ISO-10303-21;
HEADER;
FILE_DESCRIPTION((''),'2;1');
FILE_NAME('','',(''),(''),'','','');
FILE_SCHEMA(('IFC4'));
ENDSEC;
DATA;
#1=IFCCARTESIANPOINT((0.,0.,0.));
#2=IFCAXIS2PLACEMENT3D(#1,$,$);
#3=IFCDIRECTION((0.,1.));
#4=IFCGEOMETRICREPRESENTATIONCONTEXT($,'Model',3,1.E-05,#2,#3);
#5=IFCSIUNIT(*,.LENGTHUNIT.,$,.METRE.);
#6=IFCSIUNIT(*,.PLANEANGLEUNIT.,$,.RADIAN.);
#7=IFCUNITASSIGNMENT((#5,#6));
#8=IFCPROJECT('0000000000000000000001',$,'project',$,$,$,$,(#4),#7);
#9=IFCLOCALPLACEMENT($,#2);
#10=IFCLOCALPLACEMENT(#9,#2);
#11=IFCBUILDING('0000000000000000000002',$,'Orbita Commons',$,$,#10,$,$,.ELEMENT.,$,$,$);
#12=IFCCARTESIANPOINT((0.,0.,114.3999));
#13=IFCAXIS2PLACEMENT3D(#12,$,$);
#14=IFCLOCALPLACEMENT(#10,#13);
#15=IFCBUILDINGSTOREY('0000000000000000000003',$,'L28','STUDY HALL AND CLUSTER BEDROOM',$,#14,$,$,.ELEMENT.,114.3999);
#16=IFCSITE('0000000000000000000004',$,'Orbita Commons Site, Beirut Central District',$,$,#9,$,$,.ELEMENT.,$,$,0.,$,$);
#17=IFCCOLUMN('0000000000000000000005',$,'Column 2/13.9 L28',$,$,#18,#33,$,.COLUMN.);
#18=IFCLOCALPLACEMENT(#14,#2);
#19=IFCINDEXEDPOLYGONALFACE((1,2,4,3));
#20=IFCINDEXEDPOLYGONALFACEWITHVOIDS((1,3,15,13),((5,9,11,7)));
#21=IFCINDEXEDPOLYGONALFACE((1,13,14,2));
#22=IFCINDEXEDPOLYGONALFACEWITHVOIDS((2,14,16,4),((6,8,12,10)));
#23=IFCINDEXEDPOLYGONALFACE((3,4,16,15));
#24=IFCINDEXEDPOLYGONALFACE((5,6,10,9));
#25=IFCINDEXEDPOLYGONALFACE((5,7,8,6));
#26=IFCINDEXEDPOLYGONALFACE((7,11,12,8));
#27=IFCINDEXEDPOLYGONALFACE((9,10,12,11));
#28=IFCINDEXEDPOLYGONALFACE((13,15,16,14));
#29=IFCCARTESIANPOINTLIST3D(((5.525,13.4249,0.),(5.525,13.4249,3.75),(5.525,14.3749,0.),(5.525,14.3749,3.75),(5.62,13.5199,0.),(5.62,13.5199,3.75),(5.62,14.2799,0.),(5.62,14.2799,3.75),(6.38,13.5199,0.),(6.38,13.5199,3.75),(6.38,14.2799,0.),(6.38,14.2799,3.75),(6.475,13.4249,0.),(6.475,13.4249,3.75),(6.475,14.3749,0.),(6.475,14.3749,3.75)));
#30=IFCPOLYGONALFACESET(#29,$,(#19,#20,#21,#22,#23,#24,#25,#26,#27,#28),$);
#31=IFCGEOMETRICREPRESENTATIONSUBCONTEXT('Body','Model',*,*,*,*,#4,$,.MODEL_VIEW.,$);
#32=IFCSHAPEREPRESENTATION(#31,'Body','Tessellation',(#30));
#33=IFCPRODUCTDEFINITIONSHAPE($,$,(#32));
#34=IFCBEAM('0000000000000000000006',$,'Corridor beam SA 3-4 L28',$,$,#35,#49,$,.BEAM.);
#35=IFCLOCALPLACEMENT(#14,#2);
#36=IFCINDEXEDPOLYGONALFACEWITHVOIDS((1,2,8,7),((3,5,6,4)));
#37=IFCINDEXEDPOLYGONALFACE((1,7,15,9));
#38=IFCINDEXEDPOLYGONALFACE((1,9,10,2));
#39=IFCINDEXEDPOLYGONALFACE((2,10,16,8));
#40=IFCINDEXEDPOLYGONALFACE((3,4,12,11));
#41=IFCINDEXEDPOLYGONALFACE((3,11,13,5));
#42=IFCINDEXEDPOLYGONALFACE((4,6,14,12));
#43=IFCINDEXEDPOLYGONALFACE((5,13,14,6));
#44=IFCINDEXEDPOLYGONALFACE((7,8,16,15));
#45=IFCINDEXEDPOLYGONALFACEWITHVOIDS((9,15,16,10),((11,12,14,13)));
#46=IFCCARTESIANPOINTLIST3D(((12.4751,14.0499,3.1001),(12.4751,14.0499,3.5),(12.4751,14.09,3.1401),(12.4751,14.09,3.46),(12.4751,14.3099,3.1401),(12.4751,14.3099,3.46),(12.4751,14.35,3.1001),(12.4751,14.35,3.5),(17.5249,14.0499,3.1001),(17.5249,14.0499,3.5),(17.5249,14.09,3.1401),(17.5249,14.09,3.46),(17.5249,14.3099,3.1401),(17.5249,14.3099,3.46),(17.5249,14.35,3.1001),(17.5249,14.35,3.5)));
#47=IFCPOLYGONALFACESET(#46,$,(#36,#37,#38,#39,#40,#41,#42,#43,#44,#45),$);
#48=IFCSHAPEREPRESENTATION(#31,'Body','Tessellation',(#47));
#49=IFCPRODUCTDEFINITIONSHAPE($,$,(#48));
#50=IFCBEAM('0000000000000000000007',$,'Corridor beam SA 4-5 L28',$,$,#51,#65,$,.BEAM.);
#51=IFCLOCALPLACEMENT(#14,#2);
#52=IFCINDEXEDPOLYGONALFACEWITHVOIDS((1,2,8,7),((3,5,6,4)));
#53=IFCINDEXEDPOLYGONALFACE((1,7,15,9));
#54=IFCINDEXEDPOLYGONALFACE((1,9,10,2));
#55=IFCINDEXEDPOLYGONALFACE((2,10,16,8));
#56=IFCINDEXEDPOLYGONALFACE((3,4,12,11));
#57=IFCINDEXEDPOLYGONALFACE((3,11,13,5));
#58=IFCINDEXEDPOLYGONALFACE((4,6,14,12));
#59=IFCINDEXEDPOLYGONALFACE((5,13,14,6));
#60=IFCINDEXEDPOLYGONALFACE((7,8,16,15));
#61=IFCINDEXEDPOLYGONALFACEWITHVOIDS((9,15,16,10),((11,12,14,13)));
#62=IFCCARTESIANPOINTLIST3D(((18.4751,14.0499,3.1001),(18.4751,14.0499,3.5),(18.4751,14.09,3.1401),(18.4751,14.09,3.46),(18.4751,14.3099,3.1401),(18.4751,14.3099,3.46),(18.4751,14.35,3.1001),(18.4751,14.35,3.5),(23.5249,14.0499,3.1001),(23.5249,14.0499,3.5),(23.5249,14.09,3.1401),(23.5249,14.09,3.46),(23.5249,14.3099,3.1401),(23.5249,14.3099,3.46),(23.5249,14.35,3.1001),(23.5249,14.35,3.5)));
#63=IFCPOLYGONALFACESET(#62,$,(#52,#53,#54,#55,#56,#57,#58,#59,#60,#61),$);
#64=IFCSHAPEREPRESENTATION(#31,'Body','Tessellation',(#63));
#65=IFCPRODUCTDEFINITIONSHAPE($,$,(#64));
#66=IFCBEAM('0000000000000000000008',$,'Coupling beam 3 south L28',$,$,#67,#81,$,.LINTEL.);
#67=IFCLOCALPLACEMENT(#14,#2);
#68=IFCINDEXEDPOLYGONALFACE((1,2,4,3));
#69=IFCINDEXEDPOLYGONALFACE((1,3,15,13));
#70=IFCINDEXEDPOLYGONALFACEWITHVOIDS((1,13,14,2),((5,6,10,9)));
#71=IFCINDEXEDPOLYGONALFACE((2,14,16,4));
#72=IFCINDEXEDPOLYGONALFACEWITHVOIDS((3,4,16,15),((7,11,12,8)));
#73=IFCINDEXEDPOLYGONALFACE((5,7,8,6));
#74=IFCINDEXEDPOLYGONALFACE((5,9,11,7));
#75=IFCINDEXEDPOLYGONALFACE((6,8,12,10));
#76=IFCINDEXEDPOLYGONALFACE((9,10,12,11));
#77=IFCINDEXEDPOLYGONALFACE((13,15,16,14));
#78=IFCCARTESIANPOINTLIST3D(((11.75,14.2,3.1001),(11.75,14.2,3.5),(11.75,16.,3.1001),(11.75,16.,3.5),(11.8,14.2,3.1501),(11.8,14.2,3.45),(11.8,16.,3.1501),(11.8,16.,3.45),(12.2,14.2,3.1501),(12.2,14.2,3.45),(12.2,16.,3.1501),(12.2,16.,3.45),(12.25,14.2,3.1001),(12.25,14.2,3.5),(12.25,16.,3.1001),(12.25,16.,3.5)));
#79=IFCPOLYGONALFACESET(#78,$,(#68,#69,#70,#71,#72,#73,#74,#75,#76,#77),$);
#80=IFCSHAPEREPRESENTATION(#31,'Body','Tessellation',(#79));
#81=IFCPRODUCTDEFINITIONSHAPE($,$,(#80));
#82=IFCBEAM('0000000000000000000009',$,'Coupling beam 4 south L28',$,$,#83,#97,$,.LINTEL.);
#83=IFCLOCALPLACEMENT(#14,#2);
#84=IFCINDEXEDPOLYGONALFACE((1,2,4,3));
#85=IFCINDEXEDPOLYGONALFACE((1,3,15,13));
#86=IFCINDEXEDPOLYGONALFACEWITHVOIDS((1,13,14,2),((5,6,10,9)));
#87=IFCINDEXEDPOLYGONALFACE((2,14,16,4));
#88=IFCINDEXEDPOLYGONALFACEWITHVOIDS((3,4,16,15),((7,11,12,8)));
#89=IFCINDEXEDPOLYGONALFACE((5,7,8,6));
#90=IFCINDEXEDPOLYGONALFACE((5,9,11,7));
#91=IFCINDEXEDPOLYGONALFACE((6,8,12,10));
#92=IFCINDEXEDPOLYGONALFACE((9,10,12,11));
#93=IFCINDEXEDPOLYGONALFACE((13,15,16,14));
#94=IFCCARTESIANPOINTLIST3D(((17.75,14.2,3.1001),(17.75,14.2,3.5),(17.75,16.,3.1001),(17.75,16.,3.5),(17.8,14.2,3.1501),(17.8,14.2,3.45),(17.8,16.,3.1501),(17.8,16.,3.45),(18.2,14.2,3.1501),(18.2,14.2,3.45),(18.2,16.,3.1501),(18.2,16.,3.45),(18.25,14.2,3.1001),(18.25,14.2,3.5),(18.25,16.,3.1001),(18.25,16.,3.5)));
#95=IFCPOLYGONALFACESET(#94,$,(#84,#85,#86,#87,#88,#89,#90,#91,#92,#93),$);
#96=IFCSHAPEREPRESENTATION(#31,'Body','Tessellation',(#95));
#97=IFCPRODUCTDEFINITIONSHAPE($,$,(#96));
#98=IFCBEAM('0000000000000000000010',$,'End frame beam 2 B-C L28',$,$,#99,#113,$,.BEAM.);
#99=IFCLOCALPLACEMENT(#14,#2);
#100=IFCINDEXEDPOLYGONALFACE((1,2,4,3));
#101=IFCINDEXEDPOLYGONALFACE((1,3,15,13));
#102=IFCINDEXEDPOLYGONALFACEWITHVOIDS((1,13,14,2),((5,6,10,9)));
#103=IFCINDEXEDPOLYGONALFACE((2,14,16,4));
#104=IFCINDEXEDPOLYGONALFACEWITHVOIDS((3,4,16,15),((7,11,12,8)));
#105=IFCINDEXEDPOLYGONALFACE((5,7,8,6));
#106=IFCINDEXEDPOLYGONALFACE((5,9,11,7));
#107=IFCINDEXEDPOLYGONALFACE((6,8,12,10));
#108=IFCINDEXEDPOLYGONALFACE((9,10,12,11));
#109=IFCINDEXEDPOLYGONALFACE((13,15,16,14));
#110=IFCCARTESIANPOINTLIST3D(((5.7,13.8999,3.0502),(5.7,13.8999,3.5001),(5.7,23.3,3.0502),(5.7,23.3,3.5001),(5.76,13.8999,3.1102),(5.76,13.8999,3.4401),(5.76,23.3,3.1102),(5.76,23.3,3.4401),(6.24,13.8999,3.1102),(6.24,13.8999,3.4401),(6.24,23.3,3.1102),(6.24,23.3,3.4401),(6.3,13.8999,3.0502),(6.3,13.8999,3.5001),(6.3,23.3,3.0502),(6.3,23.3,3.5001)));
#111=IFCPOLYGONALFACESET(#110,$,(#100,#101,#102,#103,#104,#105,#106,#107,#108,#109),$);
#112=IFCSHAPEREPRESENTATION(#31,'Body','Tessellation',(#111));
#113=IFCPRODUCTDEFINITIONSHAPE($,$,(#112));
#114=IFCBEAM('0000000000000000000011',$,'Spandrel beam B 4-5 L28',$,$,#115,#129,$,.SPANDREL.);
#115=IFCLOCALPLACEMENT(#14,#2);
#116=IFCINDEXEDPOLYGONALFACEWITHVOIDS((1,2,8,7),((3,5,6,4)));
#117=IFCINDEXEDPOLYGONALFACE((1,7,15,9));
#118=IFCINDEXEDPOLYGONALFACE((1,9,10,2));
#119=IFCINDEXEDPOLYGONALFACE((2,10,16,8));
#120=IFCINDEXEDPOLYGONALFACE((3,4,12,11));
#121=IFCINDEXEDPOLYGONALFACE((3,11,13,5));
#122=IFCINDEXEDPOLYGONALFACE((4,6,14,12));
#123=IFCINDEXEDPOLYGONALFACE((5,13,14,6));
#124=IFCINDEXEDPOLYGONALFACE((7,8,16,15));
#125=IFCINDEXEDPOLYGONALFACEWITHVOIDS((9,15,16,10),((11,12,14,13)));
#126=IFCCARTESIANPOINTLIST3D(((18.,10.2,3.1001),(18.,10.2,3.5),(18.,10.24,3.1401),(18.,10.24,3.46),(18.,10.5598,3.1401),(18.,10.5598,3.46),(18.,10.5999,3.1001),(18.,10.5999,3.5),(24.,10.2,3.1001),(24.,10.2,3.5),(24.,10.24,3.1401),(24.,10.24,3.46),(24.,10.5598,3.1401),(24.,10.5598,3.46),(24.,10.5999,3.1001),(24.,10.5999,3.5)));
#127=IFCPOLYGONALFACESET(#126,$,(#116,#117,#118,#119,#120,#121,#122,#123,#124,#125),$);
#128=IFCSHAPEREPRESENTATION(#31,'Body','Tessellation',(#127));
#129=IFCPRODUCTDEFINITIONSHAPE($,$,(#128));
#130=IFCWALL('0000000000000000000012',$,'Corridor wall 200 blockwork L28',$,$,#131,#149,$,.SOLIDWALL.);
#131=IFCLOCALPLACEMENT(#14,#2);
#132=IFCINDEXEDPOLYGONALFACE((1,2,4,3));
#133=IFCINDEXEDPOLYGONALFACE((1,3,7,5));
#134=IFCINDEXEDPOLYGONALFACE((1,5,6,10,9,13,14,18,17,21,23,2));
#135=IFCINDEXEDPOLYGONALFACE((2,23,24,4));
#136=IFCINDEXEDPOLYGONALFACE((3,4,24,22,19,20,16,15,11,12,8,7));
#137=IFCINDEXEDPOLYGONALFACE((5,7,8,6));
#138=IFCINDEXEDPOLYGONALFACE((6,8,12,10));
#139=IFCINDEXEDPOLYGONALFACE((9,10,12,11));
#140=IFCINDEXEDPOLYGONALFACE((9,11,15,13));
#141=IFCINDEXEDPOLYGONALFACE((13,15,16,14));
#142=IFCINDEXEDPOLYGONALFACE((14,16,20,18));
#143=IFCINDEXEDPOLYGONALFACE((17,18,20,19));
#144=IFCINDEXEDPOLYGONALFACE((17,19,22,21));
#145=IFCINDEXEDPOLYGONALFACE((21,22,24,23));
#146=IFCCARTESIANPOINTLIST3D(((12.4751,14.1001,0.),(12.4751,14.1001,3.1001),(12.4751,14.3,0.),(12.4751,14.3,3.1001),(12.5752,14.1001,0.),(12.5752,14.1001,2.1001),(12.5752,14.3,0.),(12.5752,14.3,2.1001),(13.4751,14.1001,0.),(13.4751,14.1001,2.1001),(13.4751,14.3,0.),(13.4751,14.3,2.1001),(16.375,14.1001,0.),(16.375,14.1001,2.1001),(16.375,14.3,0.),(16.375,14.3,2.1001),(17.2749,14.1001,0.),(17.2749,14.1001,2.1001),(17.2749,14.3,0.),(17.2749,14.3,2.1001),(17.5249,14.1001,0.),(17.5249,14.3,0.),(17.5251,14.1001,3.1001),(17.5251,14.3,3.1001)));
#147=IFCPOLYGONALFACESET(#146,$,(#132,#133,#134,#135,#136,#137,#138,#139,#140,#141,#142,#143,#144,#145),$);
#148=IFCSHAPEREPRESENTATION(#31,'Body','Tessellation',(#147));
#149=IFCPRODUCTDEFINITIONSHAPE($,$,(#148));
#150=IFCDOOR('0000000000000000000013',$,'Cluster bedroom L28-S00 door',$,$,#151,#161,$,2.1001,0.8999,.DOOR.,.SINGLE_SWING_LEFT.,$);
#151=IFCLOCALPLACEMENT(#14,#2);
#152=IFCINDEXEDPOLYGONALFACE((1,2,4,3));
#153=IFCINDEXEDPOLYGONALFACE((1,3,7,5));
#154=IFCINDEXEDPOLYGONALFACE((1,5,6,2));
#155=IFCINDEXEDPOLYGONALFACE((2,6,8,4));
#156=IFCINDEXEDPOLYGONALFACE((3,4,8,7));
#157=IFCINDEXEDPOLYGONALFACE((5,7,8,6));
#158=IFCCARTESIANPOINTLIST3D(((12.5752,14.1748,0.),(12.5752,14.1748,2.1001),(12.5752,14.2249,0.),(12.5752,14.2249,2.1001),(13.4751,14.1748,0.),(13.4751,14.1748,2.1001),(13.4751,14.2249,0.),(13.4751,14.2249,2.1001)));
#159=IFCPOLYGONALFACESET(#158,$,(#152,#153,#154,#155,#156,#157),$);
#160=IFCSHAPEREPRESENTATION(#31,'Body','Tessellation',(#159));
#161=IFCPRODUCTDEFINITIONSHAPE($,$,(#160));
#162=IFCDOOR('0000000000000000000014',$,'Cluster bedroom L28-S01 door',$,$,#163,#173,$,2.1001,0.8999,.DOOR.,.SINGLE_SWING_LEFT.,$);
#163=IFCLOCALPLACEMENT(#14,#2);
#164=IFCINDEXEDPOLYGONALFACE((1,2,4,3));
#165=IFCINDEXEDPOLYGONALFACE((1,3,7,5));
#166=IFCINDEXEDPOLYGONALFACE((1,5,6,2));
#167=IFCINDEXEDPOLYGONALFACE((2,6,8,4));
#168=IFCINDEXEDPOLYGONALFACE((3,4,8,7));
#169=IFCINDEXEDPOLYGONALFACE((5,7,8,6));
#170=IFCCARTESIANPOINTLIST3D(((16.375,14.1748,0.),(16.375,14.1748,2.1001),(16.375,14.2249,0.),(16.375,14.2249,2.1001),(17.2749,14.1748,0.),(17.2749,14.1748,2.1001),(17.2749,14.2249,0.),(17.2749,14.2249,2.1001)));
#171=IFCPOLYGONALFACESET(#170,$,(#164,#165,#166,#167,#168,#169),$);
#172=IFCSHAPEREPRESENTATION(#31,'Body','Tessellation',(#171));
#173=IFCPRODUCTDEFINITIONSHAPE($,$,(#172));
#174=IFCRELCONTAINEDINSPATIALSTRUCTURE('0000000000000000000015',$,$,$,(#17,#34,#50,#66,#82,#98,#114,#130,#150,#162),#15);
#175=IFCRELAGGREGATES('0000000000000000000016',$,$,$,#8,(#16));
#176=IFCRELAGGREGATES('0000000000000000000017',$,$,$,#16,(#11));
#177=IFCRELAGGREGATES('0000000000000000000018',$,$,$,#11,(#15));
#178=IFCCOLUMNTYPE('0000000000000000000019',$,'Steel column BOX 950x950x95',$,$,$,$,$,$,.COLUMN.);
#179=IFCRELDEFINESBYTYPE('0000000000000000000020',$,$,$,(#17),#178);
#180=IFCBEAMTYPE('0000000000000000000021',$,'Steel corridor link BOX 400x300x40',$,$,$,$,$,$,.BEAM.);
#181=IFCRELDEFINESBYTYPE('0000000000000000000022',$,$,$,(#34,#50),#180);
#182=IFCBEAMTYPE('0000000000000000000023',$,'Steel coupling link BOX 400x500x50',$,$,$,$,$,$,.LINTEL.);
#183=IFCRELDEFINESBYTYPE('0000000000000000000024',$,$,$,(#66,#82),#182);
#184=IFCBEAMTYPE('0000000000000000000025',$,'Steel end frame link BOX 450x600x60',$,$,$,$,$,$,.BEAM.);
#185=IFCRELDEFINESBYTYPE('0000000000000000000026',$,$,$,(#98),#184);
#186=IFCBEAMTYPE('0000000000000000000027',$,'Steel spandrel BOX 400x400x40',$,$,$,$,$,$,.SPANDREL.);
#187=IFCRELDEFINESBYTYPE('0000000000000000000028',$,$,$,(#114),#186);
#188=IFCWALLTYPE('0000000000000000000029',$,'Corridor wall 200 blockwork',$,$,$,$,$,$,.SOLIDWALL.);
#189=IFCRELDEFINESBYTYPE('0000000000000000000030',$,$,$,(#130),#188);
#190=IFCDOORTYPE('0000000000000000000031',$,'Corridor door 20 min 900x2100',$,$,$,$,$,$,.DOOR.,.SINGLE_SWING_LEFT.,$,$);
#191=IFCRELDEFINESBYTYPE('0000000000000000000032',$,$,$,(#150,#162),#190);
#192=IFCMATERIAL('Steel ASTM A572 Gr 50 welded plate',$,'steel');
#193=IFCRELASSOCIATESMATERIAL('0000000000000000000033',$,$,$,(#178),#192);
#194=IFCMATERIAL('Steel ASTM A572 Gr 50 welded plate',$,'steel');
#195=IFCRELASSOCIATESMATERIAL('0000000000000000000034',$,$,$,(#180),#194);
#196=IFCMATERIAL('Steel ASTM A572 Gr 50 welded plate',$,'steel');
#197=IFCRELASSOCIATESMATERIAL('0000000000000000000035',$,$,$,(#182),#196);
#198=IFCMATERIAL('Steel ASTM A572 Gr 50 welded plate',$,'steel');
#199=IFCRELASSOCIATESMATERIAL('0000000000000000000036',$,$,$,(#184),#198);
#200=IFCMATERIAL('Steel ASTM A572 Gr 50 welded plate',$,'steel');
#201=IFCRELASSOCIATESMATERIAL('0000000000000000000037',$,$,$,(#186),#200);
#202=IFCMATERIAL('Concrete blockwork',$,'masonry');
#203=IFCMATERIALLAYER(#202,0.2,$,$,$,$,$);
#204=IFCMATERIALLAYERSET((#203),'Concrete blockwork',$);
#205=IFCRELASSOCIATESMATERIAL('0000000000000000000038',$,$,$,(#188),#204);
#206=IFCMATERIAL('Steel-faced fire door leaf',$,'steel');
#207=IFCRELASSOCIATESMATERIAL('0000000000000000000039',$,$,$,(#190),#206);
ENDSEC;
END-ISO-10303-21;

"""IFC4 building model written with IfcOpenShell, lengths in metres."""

from ifc_helpers import new_model, si_unit, direction, frame, frame_2d, origin, origin_2d, place, context, subcontext, project, spatial, polyline, rectangle, hollow_rectangle, outline, extrude, material, layer, layer_set, material_profile, profile_set, type_object, element, fill, save


model = new_model("IFC4")

# Units and contexts
model_context = context("Model", 3, precision=1e-05, world=origin(), true_north=direction((0.0, 1.0)))
body_context = subcontext(model_context, "Body", "Model", "MODEL_VIEW")
ifc_project = project(units=[si_unit("LENGTHUNIT", "METRE"), si_unit("PLANEANGLEUNIT", "RADIAN")], contexts=[model_context])

# Site, building, storey
site_placement = place(None, origin())
site = spatial("IfcSite", under=ifc_project, at=site_placement, Name="Orbita Commons Site, Beirut Central District", CompositionType="ELEMENT", RefElevation=0.0)
building_placement = place(site_placement, origin())
building = spatial("IfcBuilding", under=site, at=building_placement, Name="Orbita Commons", CompositionType="ELEMENT")
storey_placement = place(building_placement, frame((0.0, 0.0, 114.3999)))
storey = spatial("IfcBuildingStorey", under=building, at=storey_placement, Name="L28", Description="STUDY HALL AND CLUSTER BEDROOM", CompositionType="ELEMENT", Elevation=114.3999)

# Column
ifc_material_1 = material(Name="Steel ASTM A572 Gr 50 welded plate", Category="steel")
ifc_material_profile_1 = material_profile(ifc_material_1, hollow_rectangle(XDim=0.95, YDim=0.95, WallThickness=0.095, at=origin_2d()), Name="BOX 950x950x95")
ifc_profile_set_1 = profile_set([ifc_material_profile_1], Name="Steel ASTM A572 Gr 50 welded plate")
column_type = type_object("IfcColumnType", Name="Steel column BOX 950x950x95", PredefinedType="COLUMN", material=ifc_profile_set_1)
column_placement = place(storey_placement, frame((6.0, 13.8999, 0.0), z_axis=(0.0, 0.0, 1.0), x_axis=(1.0, 0.0, 0.0)))
element("IfcColumn", 1, at=column_placement, inside=storey, type_object=column_type, Name="Column 2/13.9 L28", PredefinedType="COLUMN", context=body_context, shape_type="SweptSolid", body=[
    extrude(hollow_rectangle(XDim=0.95, YDim=0.95, WallThickness=0.095, at=origin_2d()), origin(), (0.0, 0.0, 1.0), 3.75),
])

# Beams
ifc_material_2 = material(Name="Steel ASTM A572 Gr 50 welded plate", Category="steel")
ifc_material_profile_2 = material_profile(ifc_material_2, hollow_rectangle(XDim=0.3, YDim=0.3999, WallThickness=0.04, at=origin_2d()), Name="BOX 400x300x40")
ifc_profile_set_2 = profile_set([ifc_material_profile_2], Name="Steel ASTM A572 Gr 50 welded plate")
beam_type_1 = type_object("IfcBeamType", Name="Steel corridor link BOX 400x300x40", PredefinedType="BEAM", material=ifc_profile_set_2)
for number, where, z_axis, x_axis, name in (
    (2, (12.4751, 14.2, 3.3), (1.0, 0.0, 0.0), (0.0, 1.0, 0.0), "Corridor beam SA 3-4 L28"),
    (3, (18.4751, 14.2, 3.3), (1.0, 0.0, 0.0), (0.0, 1.0, 0.0), "Corridor beam SA 4-5 L28"),
):
    element("IfcBeam", number, at=place(storey_placement, frame(where, z_axis=z_axis, x_axis=x_axis)), inside=storey, type_object=beam_type_1, Name=name, PredefinedType="BEAM", context=body_context, shape_type="SweptSolid", body=[
        extrude(hollow_rectangle(XDim=0.3, YDim=0.3999, WallThickness=0.04, at=origin_2d()), origin(), (0.0, 0.0, 1.0), 5.0498),
    ])
ifc_material_3 = material(Name="Steel ASTM A572 Gr 50 welded plate", Category="steel")
ifc_material_profile_3 = material_profile(ifc_material_3, hollow_rectangle(XDim=0.5, YDim=0.3999, WallThickness=0.05, at=origin_2d()), Name="BOX 400x500x50")
ifc_profile_set_3 = profile_set([ifc_material_profile_3], Name="Steel ASTM A572 Gr 50 welded plate")
beam_type_2 = type_object("IfcBeamType", Name="Steel coupling link BOX 400x500x50", PredefinedType="LINTEL", material=ifc_profile_set_3)
for number, where, z_axis, x_axis, name in (
    (4, (12.0, 14.2, 3.3), (0.0, 1.0, 0.0), (-1.0, 0.0, 0.0), "Coupling beam 3 south L28"),
    (5, (18.0, 14.2, 3.3), (0.0, 1.0, 0.0), (-1.0, 0.0, 0.0), "Coupling beam 4 south L28"),
):
    element("IfcBeam", number, at=place(storey_placement, frame(where, z_axis=z_axis, x_axis=x_axis)), inside=storey, type_object=beam_type_2, Name=name, PredefinedType="LINTEL", context=body_context, shape_type="SweptSolid", body=[
        extrude(hollow_rectangle(XDim=0.5, YDim=0.3999, WallThickness=0.05, at=origin_2d()), origin(), (0.0, 0.0, 1.0), 1.8),
    ])
ifc_material_4 = material(Name="Steel ASTM A572 Gr 50 welded plate", Category="steel")
ifc_material_profile_4 = material_profile(ifc_material_4, hollow_rectangle(XDim=0.6001, YDim=0.45, WallThickness=0.0601, at=origin_2d()), Name="BOX 450x600x60")
ifc_profile_set_4 = profile_set([ifc_material_profile_4], Name="Steel ASTM A572 Gr 50 welded plate")
beam_type_3 = type_object("IfcBeamType", Name="Steel end frame link BOX 450x600x60", PredefinedType="BEAM", material=ifc_profile_set_4)
beam_1_placement = place(storey_placement, frame((6.0, 13.8999, 3.2751), z_axis=(0.0, 1.0, 0.0), x_axis=(-1.0, 0.0, 0.0)))
element("IfcBeam", 6, at=beam_1_placement, inside=storey, type_object=beam_type_3, Name="End frame beam 2 B-C L28", PredefinedType="BEAM", context=body_context, shape_type="SweptSolid", body=[
    extrude(hollow_rectangle(XDim=0.6001, YDim=0.45, WallThickness=0.0601, at=origin_2d()), origin(), (0.0, 0.0, 1.0), 9.4001),
])
ifc_material_5 = material(Name="Steel ASTM A572 Gr 50 welded plate", Category="steel")
ifc_material_profile_5 = material_profile(ifc_material_5, hollow_rectangle(XDim=0.3999, YDim=0.3999, WallThickness=0.04, at=origin_2d()), Name="BOX 400x400x40")
ifc_profile_set_5 = profile_set([ifc_material_profile_5], Name="Steel ASTM A572 Gr 50 welded plate")
beam_type_4 = type_object("IfcBeamType", Name="Steel spandrel BOX 400x400x40", PredefinedType="SPANDREL", material=ifc_profile_set_5)
beam_2_placement = place(storey_placement, frame((18.0, 10.3999, 3.3), z_axis=(1.0, 0.0, 0.0), x_axis=(0.0, 1.0, 0.0)))
element("IfcBeam", 7, at=beam_2_placement, inside=storey, type_object=beam_type_4, Name="Spandrel beam B 4-5 L28", PredefinedType="SPANDREL", context=body_context, shape_type="SweptSolid", body=[
    extrude(hollow_rectangle(XDim=0.3999, YDim=0.3999, WallThickness=0.04, at=origin_2d()), origin(), (0.0, 0.0, 1.0), 6.0),
])

# Wall, openings, doors
ifc_material_6 = material(Name="Concrete blockwork", Category="masonry")
ifc_layer_1 = layer(ifc_material_6, 0.2)
ifc_layer_set_1 = layer_set([ifc_layer_1], Name="Concrete blockwork")
wall_type_1 = type_object("IfcWallType", Name="Corridor wall 200 blockwork", PredefinedType="SOLIDWALL", material=ifc_layer_set_1)
wall_1_placement = place(storey_placement, frame((12.4751, 14.2, 0.0), z_axis=(0.0, 0.0, 1.0), x_axis=(1.0, 0.0, 0.0)))
wall_1 = element("IfcWall", 8, at=wall_1_placement, inside=storey, type_object=wall_type_1, Name="Corridor wall 200 blockwork L28", PredefinedType="SOLIDWALL", context=body_context, shape_type="SweptSolid", body=[
    extrude(outline(polyline([(0.0, 0.0), (5.0498, 0.0), (5.05, 3.1001), (0.0, 3.1001), (0.0, 0.0)])), frame((0.0, 0.1001, 0.0), z_axis=(0.0, -1.0, 0.0), x_axis=(1.0, 0.0, 0.0)), (0.0, 0.0, 1.0), 0.2),
])
opening_1_placement = place(wall_1_placement, frame((0.1001, 0.0, 0.0)))
opening_1 = element("IfcOpeningElement", 9, at=opening_1_placement, cuts=wall_1, PredefinedType="OPENING", context=body_context, shape_type="SweptSolid", body=[
    extrude(rectangle(XDim=0.8999, YDim=2.1001, at=frame_2d((0.45, 1.05))), frame((0.0, 0.1099, 0.0), z_axis=(0.0, -1.0, 0.0), x_axis=(1.0, 0.0, 0.0)), (0.0, 0.0, 1.0), 0.22),
])
opening_2_placement = place(wall_1_placement, frame((3.8999, 0.0, 0.0)))
opening_2 = element("IfcOpeningElement", 10, at=opening_2_placement, cuts=wall_1, PredefinedType="OPENING", context=body_context, shape_type="SweptSolid", body=[
    extrude(rectangle(XDim=0.8999, YDim=2.1001, at=frame_2d((0.45, 1.05))), frame((0.0, 0.1099, 0.0), z_axis=(0.0, -1.0, 0.0), x_axis=(1.0, 0.0, 0.0)), (0.0, 0.0, 1.0), 0.22),
])
ifc_material_7 = material(Name="Steel-faced fire door leaf", Category="steel")
door_type_1 = type_object("IfcDoorType", Name="Corridor door 20 min 900x2100", OperationType="SINGLE_SWING_LEFT", PredefinedType="DOOR", material=ifc_material_7)
door_1_placement = place(opening_1_placement, origin())
door_1 = element("IfcDoor", 11, at=door_1_placement, inside=storey, type_object=door_type_1, Name="Cluster bedroom L28-S00 door", OperationType="SINGLE_SWING_LEFT", OverallHeight=2.1001, OverallWidth=0.8999, PredefinedType="DOOR", context=body_context, shape_type="SweptSolid", body=[
    extrude(rectangle(XDim=0.8999, YDim=2.1001, at=frame_2d((0.45, 1.05))), frame((0.0, 0.0249, 0.0), z_axis=(0.0, -1.0, 0.0), x_axis=(1.0, 0.0, 0.0)), (0.0, 0.0, 1.0), 0.05),
])
fill(opening_1, door_1)
door_2_placement = place(opening_2_placement, origin())
door_2 = element("IfcDoor", 12, at=door_2_placement, inside=storey, type_object=door_type_1, Name="Cluster bedroom L28-S01 door", OperationType="SINGLE_SWING_LEFT", OverallHeight=2.1001, OverallWidth=0.8999, PredefinedType="DOOR", context=body_context, shape_type="SweptSolid", body=[
    extrude(rectangle(XDim=0.8999, YDim=2.1001, at=frame_2d((0.45, 1.05))), frame((0.0, 0.0249, 0.0), z_axis=(0.0, -1.0, 0.0), x_axis=(1.0, 0.0, 0.0)), (0.0, 0.0, 1.0), 0.05),
])
fill(opening_2, door_2)

save(model, "model.ifc")
